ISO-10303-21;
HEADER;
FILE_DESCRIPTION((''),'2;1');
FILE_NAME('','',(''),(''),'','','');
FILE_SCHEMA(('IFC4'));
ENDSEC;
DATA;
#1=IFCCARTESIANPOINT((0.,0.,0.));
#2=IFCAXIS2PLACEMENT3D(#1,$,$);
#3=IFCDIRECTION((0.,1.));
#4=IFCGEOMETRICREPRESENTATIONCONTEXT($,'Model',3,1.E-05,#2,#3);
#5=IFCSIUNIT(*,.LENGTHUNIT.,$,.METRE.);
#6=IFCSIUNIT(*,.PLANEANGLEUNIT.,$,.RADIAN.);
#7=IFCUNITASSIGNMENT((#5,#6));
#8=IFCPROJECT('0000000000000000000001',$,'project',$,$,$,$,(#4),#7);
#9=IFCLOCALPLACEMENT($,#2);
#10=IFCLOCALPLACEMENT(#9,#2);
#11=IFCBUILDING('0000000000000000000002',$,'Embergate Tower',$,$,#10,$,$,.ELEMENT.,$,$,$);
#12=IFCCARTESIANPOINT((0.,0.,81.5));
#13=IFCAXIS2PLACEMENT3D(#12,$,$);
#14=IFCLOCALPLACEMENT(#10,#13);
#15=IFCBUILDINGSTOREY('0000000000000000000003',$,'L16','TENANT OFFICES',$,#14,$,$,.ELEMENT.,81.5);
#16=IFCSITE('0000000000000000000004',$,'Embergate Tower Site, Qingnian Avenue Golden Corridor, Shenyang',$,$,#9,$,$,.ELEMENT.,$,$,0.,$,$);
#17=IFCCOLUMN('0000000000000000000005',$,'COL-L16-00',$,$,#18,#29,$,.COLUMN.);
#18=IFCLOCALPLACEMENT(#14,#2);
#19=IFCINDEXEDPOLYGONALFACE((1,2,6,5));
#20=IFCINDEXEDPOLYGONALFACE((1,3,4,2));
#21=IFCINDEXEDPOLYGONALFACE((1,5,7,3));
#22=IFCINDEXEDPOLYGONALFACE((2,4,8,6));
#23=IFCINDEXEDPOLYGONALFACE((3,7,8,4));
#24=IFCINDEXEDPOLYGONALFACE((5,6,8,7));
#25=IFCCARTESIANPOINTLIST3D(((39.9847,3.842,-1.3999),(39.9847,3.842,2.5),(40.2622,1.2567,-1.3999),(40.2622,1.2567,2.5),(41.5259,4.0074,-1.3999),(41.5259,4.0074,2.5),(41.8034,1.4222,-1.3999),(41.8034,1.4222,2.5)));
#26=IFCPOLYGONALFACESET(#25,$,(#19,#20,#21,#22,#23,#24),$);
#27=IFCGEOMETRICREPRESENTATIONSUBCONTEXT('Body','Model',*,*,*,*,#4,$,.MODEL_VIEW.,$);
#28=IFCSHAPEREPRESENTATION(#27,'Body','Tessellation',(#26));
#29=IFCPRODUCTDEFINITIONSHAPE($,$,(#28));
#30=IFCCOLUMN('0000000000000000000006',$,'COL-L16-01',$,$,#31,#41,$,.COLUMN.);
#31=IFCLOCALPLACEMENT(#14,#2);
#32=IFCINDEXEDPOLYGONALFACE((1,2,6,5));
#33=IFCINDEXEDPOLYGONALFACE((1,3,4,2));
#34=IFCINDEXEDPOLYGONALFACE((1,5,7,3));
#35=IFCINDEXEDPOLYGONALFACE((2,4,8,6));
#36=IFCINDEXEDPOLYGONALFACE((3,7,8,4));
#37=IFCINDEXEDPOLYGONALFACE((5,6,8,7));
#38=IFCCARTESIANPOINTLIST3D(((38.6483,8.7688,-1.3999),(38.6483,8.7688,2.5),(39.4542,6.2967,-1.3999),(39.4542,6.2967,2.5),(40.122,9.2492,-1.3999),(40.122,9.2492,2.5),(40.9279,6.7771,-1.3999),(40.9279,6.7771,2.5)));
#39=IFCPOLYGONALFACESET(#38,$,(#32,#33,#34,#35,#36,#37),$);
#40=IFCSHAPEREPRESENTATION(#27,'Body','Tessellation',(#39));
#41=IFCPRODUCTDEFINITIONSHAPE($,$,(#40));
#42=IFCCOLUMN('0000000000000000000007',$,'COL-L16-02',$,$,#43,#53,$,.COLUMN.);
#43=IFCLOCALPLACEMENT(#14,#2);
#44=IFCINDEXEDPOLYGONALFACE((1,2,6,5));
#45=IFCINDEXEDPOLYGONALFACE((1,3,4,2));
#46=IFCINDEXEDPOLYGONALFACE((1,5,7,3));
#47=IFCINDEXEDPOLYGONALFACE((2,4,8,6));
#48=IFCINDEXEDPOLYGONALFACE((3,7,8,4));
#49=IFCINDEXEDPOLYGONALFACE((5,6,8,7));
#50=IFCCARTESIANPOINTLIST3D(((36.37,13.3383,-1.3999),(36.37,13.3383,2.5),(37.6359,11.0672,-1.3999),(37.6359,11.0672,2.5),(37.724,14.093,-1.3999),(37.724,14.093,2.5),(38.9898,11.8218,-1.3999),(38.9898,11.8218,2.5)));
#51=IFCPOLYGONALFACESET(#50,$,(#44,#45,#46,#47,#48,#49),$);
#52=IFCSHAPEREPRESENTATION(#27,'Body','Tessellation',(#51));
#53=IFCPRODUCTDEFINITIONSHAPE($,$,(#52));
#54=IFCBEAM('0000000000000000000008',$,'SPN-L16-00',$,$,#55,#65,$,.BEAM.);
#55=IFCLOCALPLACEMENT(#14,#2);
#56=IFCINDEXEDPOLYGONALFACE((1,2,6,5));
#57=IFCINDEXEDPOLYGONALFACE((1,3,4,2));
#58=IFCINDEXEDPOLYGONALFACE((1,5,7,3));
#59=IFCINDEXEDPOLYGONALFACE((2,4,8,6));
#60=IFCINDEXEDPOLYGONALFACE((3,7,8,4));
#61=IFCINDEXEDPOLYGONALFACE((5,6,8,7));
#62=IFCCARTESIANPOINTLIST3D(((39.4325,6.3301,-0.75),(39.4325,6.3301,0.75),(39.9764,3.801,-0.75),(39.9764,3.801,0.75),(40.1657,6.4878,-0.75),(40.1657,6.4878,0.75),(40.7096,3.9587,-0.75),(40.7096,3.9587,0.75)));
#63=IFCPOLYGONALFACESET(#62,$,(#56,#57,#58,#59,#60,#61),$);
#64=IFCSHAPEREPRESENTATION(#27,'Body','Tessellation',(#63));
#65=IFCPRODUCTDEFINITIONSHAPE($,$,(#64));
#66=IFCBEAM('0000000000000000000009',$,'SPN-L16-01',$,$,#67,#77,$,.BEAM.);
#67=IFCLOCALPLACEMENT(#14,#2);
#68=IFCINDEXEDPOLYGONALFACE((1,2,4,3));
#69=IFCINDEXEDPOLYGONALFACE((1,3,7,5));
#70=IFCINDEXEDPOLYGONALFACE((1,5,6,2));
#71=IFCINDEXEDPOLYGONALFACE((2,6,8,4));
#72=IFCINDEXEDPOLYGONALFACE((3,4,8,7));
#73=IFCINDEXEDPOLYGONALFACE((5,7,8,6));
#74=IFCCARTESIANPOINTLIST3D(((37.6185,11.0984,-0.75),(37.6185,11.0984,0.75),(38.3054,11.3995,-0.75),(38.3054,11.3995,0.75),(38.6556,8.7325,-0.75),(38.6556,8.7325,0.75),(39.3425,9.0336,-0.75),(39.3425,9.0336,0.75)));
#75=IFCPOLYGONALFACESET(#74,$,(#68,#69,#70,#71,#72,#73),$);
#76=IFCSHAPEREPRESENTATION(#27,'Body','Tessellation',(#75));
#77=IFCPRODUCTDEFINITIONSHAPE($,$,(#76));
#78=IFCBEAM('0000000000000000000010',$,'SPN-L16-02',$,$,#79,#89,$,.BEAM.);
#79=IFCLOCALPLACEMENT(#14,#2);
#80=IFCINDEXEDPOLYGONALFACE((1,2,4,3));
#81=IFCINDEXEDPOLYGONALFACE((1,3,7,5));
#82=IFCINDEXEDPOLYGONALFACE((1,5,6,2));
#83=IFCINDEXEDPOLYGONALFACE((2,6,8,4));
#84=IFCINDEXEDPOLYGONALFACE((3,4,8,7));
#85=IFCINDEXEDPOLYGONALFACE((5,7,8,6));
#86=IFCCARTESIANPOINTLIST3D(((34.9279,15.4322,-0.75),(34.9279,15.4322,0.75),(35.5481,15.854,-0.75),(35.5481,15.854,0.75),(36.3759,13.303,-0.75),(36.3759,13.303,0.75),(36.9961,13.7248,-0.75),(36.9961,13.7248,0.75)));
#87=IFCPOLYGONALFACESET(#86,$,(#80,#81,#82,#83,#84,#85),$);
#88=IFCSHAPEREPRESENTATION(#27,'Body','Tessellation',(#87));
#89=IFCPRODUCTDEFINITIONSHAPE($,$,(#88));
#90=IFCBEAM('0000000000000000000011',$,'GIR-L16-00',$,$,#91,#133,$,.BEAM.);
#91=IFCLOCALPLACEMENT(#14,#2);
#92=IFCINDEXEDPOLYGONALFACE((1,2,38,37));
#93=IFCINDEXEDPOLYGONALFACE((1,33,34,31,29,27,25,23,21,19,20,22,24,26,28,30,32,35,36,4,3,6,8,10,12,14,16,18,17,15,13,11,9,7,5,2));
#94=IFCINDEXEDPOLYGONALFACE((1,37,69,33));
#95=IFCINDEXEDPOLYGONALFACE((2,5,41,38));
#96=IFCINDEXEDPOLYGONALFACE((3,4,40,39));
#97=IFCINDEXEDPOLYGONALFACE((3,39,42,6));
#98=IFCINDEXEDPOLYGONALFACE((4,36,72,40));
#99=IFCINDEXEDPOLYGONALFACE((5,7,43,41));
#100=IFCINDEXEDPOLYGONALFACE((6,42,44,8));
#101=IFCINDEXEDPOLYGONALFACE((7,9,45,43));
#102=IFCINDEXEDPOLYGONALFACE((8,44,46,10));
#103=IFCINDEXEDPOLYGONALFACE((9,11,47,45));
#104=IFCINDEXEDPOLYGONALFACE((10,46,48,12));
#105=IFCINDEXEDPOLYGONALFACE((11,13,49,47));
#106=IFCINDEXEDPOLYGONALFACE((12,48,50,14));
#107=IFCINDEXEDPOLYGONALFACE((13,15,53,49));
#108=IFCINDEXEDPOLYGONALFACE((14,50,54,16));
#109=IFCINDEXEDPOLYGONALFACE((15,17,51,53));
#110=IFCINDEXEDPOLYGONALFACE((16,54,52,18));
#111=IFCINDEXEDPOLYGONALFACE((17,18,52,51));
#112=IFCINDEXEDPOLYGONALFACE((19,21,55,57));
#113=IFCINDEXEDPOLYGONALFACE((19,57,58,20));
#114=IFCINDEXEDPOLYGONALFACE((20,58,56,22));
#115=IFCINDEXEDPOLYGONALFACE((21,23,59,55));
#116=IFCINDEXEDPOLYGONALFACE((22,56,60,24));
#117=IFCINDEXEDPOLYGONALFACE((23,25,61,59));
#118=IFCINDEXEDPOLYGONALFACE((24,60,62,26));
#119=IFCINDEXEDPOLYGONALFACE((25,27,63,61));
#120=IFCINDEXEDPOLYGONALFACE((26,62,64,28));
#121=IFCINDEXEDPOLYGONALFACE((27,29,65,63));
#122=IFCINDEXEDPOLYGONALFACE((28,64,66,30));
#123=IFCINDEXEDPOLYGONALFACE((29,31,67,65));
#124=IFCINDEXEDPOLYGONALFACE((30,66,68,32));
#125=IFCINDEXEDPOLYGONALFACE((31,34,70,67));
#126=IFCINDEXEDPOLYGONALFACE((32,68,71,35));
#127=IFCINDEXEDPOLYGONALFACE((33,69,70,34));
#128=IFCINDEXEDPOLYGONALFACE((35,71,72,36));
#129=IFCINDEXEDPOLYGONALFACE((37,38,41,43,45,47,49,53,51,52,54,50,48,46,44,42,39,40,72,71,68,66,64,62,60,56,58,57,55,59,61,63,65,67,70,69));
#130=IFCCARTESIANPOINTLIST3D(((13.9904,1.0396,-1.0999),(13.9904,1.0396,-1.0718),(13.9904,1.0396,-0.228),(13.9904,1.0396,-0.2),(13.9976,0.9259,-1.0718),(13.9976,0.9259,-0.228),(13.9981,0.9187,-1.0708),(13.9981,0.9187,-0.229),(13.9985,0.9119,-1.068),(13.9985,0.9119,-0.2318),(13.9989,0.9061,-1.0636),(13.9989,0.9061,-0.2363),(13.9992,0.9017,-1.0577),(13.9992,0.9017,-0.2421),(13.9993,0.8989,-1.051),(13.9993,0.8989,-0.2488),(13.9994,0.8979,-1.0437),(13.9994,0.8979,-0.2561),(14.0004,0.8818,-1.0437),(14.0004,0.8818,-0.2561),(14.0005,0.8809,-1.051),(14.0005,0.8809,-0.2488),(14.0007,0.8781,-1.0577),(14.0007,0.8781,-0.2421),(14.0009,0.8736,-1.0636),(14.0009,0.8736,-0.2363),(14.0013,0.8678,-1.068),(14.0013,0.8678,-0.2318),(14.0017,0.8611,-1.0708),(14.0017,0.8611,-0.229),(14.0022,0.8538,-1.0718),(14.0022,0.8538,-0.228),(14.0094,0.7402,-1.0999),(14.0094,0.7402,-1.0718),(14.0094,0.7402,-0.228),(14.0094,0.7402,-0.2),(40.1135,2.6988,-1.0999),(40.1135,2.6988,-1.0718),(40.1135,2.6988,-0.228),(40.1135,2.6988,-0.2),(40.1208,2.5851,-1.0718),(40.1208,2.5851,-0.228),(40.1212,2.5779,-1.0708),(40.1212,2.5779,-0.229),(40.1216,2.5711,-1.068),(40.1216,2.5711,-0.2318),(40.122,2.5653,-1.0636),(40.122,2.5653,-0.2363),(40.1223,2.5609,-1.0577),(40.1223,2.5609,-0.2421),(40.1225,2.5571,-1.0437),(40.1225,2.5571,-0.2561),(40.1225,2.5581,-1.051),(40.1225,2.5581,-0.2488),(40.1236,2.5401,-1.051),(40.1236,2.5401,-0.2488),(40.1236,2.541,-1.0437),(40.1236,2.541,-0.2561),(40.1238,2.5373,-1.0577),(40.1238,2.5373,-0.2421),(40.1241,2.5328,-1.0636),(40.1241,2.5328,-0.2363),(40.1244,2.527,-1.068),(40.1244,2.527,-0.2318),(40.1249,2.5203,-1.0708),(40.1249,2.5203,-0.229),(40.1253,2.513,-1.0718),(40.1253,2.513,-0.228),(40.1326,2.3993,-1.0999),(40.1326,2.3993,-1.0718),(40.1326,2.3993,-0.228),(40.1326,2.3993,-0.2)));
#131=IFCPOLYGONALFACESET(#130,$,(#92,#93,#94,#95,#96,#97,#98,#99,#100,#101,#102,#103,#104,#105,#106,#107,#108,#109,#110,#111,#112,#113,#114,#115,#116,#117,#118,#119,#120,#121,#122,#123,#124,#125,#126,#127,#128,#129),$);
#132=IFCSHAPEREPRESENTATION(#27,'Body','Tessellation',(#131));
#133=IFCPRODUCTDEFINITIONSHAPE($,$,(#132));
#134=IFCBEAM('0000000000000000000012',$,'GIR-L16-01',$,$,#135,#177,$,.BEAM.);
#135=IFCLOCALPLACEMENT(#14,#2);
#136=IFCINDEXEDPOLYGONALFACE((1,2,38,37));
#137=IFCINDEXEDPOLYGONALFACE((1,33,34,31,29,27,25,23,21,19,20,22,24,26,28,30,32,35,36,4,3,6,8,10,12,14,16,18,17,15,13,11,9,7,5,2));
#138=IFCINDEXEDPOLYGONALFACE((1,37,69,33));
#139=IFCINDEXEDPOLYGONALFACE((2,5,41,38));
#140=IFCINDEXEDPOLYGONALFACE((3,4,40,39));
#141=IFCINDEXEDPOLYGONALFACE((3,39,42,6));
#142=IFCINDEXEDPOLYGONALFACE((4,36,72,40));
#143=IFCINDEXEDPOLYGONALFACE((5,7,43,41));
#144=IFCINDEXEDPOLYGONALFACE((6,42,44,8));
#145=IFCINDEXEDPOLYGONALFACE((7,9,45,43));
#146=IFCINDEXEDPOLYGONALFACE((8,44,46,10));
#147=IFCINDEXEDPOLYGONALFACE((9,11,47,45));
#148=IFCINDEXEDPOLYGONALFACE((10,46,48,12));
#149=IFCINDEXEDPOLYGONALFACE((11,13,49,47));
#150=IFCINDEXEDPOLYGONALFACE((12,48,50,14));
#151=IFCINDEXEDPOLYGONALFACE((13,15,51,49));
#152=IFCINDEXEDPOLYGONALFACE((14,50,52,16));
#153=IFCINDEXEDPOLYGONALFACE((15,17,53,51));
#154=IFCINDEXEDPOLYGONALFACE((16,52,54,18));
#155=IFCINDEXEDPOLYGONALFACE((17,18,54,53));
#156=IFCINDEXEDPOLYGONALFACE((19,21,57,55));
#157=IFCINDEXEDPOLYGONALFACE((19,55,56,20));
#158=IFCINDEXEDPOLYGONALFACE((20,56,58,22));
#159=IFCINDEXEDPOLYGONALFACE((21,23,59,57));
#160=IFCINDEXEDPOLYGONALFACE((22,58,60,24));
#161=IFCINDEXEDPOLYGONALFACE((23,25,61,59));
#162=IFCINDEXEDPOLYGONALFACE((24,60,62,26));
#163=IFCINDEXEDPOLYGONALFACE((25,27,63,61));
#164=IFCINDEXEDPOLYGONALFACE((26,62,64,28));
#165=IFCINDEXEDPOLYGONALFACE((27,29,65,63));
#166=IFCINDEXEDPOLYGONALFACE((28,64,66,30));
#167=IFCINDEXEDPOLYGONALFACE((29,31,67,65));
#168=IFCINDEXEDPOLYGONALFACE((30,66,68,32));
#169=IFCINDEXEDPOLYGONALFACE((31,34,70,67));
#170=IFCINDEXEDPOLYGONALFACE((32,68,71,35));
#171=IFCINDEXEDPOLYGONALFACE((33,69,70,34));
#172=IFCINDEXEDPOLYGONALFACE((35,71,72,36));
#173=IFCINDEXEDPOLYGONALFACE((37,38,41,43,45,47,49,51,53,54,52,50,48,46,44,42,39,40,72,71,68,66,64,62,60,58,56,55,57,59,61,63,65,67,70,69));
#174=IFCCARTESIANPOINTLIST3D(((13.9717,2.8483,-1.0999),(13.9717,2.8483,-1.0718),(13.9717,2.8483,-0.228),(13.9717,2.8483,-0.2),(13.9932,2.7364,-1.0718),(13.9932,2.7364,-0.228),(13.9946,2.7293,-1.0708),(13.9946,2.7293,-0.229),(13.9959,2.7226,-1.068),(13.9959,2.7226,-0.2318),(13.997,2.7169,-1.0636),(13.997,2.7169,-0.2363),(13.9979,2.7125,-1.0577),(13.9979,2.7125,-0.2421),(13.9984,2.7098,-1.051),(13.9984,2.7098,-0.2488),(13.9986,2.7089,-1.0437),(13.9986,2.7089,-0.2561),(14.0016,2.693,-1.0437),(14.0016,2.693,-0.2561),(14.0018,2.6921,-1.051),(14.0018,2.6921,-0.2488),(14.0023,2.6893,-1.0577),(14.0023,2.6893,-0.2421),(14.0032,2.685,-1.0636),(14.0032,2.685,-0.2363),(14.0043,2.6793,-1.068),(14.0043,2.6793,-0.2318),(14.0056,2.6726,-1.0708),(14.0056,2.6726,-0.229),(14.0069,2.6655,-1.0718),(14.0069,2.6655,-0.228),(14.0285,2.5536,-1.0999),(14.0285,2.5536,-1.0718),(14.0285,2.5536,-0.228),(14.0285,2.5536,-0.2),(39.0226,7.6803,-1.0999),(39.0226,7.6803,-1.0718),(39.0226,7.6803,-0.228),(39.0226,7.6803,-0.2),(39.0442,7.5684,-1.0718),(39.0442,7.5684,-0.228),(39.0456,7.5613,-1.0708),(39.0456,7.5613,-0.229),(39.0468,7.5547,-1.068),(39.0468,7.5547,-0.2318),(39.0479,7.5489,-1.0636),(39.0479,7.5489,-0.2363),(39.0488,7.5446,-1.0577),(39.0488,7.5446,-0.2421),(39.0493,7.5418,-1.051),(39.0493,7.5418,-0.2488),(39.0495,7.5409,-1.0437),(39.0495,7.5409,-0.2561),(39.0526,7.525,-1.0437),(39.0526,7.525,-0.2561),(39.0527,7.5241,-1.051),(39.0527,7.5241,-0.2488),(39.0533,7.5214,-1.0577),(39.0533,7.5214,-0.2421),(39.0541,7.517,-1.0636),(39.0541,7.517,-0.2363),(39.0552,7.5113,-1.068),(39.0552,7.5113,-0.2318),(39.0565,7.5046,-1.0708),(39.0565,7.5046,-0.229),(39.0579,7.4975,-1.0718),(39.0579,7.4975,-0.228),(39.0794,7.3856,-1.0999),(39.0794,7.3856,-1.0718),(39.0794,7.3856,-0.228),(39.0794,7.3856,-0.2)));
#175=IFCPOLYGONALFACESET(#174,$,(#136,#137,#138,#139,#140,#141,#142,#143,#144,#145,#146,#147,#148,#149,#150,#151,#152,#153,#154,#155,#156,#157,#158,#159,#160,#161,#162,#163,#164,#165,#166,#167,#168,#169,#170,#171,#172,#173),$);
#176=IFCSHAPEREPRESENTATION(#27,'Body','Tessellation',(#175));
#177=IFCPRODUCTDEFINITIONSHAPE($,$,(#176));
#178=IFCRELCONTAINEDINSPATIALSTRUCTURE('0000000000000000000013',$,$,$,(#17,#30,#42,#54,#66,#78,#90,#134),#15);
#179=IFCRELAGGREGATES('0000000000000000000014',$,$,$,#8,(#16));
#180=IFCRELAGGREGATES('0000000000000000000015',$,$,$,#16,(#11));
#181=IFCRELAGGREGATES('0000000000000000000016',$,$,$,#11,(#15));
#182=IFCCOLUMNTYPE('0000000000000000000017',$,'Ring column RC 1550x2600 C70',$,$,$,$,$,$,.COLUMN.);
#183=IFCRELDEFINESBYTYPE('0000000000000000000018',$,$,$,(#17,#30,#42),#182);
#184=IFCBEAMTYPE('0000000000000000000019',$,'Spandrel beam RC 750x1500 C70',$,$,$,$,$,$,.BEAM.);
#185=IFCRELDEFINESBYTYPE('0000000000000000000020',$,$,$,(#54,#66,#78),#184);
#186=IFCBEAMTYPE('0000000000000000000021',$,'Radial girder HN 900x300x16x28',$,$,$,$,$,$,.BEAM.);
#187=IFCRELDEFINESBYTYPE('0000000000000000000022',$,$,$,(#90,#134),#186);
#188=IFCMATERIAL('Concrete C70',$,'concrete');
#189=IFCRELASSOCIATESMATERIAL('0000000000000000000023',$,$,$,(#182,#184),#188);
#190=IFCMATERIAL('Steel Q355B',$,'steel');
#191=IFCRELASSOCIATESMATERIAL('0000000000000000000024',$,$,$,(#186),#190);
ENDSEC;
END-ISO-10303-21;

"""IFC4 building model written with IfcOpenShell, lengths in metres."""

from ifc_helpers import new_model, si_unit, direction, frame, origin, origin_2d, place, context, subcontext, project, spatial, rectangle, i_section, extrude, source, transform, mapped, material, material_profile, profile_set, type_object, element, save


model = new_model("IFC4")

# Units and contexts
model_context = context("Model", 3, precision=1e-05, world=origin(), true_north=direction((0.0, 1.0)))
body_context = subcontext(model_context, "Body", "Model", "MODEL_VIEW")
ifc_project = project(units=[si_unit("LENGTHUNIT", "METRE"), si_unit("PLANEANGLEUNIT", "RADIAN")], contexts=[model_context])

# Site, building, storey
site_placement = place(None, origin())
site = spatial("IfcSite", under=ifc_project, at=site_placement, Name="Embergate Tower Site, Qingnian Avenue Golden Corridor, Shenyang", CompositionType="ELEMENT", RefElevation=0.0)
building_placement = place(site_placement, origin())
building = spatial("IfcBuilding", under=site, at=building_placement, Name="Embergate Tower", CompositionType="ELEMENT")
storey_placement = place(building_placement, frame((0.0, 0.0, 81.5)))
storey = spatial("IfcBuildingStorey", under=building, at=storey_placement, Name="L16", Description="TENANT OFFICES", CompositionType="ELEMENT", Elevation=81.5)

# Columns
ifc_material_1 = material(Name="Concrete C70", Category="concrete")
ifc_material_profile_1 = material_profile(ifc_material_1, rectangle(XDim=1.55, YDim=2.6001, at=origin_2d()), Name="RC 1550x2600")
ifc_profile_set_1 = profile_set([ifc_material_profile_1], Name="Concrete C70")
column_type = type_object("IfcColumnType", Name="Ring column RC 1550x2600 C70", PredefinedType="COLUMN", material=ifc_profile_set_1)
shared_shape_1 = source(origin(), body_context, "Body", "SweptSolid", [
    extrude(rectangle(XDim=1.55, YDim=2.6001, at=origin_2d()), origin(), (0.0, 0.0, 1.0), 3.8999),
])
for number, where, z_axis, x_axis, name in (
    (1, (40.894, 2.6321, -1.3999), (0.0, 0.0, 1.0), (0.994286, 0.10675, 0.0), "COL-L16-00"),
    (2, (39.7881, 7.7729, -1.3999), (0.0, 0.0, 1.0), (0.950754, 0.309946, 0.0), "COL-L16-01"),
    (3, (37.6799, 12.5801, -1.3999), (0.0, 0.0, 1.0), (0.873492, 0.486839, 0.0), "COL-L16-02"),
):
    element("IfcColumn", number, at=place(storey_placement, frame(where, z_axis=z_axis, x_axis=x_axis)), inside=storey, type_object=column_type, Name=name, PredefinedType="COLUMN", context=body_context, shape_type="MappedRepresentation", body=[
        mapped(shared_shape_1, transform((0.0, 0.0, 0.0))),
    ])

# Beams
ifc_material_profile_2 = material_profile(ifc_material_1, rectangle(XDim=0.75, YDim=1.5, at=origin_2d()), Name="RC 750x1500")
ifc_profile_set_2 = profile_set([ifc_material_profile_2], Name="Concrete C70")
beam_type_1 = type_object("IfcBeamType", Name="Spandrel beam RC 750x1500 C70", PredefinedType="BEAM", material=ifc_profile_set_2)
shared_shape_2 = source(origin(), body_context, "Body", "SweptSolid", [
    extrude(rectangle(XDim=0.75, YDim=1.5, at=origin_2d()), origin(), (0.0, 0.0, 1.0), 2.5869),
])
beam_1_placement = place(storey_placement, frame((40.343, 3.8799, 0.0), z_axis=(-0.21027, 0.977643, 0.0), x_axis=(-0.977643, -0.21027, 0.0)))
element("IfcBeam", 4, at=beam_1_placement, inside=storey, type_object=beam_type_1, Name="SPN-L16-00", PredefinedType="BEAM", context=body_context, shape_type="MappedRepresentation", body=[
    mapped(shared_shape_2, transform((0.0, 0.0, 0.0))),
])
shared_shape_3 = source(origin(), body_context, "Body", "SweptSolid", [
    extrude(rectangle(XDim=0.75, YDim=1.5, at=origin_2d()), origin(), (0.0, 0.0, 1.0), 2.5833),
])
beam_2_placement = place(storey_placement, frame((38.999, 8.8831, 0.0), z_axis=(-0.401468, 0.915873, 0.0), x_axis=(-0.915873, -0.401468, 0.0)))
element("IfcBeam", 5, at=beam_2_placement, inside=storey, type_object=beam_type_1, Name="SPN-L16-01", PredefinedType="BEAM", context=body_context, shape_type="MappedRepresentation", body=[
    mapped(shared_shape_3, transform((0.0, 0.0, 0.0))),
])
shared_shape_4 = source(origin(), body_context, "Body", "SweptSolid", [
    extrude(rectangle(XDim=0.75, YDim=1.5, at=origin_2d()), origin(), (0.0, 0.0, 1.0), 2.575),
])
beam_3_placement = place(storey_placement, frame((36.686, 13.5139, 0.0), z_axis=(-0.562357, 0.826895, 0.0), x_axis=(-0.826895, -0.562357, 0.0)))
element("IfcBeam", 6, at=beam_3_placement, inside=storey, type_object=beam_type_1, Name="SPN-L16-02", PredefinedType="BEAM", context=body_context, shape_type="MappedRepresentation", body=[
    mapped(shared_shape_4, transform((0.0, 0.0, 0.0))),
])
ifc_material_2 = material(Name="Steel Q355B", Category="steel")
ifc_material_profile_3 = material_profile(ifc_material_2, i_section(OverallWidth=0.3, OverallDepth=0.8999, WebThickness=0.0161, FlangeThickness=0.0281, FilletRadius=0.0281, at=origin_2d()), Name="HN 900x300x16x28")
ifc_profile_set_3 = profile_set([ifc_material_profile_3], Name="Steel Q355 grade B")
beam_type_2 = type_object("IfcBeamType", Name="Radial girder HN 900x300x16x28", PredefinedType="BEAM", material=ifc_profile_set_3)
shared_shape_5 = source(origin(), body_context, "Body", "SweptSolid", [
    extrude(i_section(OverallWidth=0.3, OverallDepth=0.8999, WebThickness=0.0161, FlangeThickness=0.0281, FilletRadius=0.0281, at=origin_2d()), origin(), (0.0, 0.0, 1.0), 26.1758),
])
beam_4_placement = place(storey_placement, frame((40.123, 2.5491, -0.6499), z_axis=(-0.997989, -0.063386, 0.0), x_axis=(0.063386, -0.997989, 0.0)))
element("IfcBeam", 7, at=beam_4_placement, inside=storey, type_object=beam_type_2, Name="GIR-L16-00", PredefinedType="BEAM", context=body_context, shape_type="MappedRepresentation", body=[
    mapped(shared_shape_5, transform((0.0, 0.0, 0.0))),
])
shared_shape_6 = source(origin(), body_context, "Body", "SweptSolid", [
    extrude(i_section(OverallWidth=0.3, OverallDepth=0.8999, WebThickness=0.0161, FlangeThickness=0.0281, FilletRadius=0.0281, at=origin_2d()), origin(), (0.0, 0.0, 1.0), 25.5127),
])
beam_5_placement = place(storey_placement, frame((39.051, 7.533, -0.6499), z_axis=(-0.981901, -0.189396, 0.0), x_axis=(0.189396, -0.981901, 0.0)))
element("IfcBeam", 8, at=beam_5_placement, inside=storey, type_object=beam_type_2, Name="GIR-L16-01", PredefinedType="BEAM", context=body_context, shape_type="MappedRepresentation", body=[
    mapped(shared_shape_6, transform((0.0, 0.0, 0.0))),
])

save(model, "model.ifc")
